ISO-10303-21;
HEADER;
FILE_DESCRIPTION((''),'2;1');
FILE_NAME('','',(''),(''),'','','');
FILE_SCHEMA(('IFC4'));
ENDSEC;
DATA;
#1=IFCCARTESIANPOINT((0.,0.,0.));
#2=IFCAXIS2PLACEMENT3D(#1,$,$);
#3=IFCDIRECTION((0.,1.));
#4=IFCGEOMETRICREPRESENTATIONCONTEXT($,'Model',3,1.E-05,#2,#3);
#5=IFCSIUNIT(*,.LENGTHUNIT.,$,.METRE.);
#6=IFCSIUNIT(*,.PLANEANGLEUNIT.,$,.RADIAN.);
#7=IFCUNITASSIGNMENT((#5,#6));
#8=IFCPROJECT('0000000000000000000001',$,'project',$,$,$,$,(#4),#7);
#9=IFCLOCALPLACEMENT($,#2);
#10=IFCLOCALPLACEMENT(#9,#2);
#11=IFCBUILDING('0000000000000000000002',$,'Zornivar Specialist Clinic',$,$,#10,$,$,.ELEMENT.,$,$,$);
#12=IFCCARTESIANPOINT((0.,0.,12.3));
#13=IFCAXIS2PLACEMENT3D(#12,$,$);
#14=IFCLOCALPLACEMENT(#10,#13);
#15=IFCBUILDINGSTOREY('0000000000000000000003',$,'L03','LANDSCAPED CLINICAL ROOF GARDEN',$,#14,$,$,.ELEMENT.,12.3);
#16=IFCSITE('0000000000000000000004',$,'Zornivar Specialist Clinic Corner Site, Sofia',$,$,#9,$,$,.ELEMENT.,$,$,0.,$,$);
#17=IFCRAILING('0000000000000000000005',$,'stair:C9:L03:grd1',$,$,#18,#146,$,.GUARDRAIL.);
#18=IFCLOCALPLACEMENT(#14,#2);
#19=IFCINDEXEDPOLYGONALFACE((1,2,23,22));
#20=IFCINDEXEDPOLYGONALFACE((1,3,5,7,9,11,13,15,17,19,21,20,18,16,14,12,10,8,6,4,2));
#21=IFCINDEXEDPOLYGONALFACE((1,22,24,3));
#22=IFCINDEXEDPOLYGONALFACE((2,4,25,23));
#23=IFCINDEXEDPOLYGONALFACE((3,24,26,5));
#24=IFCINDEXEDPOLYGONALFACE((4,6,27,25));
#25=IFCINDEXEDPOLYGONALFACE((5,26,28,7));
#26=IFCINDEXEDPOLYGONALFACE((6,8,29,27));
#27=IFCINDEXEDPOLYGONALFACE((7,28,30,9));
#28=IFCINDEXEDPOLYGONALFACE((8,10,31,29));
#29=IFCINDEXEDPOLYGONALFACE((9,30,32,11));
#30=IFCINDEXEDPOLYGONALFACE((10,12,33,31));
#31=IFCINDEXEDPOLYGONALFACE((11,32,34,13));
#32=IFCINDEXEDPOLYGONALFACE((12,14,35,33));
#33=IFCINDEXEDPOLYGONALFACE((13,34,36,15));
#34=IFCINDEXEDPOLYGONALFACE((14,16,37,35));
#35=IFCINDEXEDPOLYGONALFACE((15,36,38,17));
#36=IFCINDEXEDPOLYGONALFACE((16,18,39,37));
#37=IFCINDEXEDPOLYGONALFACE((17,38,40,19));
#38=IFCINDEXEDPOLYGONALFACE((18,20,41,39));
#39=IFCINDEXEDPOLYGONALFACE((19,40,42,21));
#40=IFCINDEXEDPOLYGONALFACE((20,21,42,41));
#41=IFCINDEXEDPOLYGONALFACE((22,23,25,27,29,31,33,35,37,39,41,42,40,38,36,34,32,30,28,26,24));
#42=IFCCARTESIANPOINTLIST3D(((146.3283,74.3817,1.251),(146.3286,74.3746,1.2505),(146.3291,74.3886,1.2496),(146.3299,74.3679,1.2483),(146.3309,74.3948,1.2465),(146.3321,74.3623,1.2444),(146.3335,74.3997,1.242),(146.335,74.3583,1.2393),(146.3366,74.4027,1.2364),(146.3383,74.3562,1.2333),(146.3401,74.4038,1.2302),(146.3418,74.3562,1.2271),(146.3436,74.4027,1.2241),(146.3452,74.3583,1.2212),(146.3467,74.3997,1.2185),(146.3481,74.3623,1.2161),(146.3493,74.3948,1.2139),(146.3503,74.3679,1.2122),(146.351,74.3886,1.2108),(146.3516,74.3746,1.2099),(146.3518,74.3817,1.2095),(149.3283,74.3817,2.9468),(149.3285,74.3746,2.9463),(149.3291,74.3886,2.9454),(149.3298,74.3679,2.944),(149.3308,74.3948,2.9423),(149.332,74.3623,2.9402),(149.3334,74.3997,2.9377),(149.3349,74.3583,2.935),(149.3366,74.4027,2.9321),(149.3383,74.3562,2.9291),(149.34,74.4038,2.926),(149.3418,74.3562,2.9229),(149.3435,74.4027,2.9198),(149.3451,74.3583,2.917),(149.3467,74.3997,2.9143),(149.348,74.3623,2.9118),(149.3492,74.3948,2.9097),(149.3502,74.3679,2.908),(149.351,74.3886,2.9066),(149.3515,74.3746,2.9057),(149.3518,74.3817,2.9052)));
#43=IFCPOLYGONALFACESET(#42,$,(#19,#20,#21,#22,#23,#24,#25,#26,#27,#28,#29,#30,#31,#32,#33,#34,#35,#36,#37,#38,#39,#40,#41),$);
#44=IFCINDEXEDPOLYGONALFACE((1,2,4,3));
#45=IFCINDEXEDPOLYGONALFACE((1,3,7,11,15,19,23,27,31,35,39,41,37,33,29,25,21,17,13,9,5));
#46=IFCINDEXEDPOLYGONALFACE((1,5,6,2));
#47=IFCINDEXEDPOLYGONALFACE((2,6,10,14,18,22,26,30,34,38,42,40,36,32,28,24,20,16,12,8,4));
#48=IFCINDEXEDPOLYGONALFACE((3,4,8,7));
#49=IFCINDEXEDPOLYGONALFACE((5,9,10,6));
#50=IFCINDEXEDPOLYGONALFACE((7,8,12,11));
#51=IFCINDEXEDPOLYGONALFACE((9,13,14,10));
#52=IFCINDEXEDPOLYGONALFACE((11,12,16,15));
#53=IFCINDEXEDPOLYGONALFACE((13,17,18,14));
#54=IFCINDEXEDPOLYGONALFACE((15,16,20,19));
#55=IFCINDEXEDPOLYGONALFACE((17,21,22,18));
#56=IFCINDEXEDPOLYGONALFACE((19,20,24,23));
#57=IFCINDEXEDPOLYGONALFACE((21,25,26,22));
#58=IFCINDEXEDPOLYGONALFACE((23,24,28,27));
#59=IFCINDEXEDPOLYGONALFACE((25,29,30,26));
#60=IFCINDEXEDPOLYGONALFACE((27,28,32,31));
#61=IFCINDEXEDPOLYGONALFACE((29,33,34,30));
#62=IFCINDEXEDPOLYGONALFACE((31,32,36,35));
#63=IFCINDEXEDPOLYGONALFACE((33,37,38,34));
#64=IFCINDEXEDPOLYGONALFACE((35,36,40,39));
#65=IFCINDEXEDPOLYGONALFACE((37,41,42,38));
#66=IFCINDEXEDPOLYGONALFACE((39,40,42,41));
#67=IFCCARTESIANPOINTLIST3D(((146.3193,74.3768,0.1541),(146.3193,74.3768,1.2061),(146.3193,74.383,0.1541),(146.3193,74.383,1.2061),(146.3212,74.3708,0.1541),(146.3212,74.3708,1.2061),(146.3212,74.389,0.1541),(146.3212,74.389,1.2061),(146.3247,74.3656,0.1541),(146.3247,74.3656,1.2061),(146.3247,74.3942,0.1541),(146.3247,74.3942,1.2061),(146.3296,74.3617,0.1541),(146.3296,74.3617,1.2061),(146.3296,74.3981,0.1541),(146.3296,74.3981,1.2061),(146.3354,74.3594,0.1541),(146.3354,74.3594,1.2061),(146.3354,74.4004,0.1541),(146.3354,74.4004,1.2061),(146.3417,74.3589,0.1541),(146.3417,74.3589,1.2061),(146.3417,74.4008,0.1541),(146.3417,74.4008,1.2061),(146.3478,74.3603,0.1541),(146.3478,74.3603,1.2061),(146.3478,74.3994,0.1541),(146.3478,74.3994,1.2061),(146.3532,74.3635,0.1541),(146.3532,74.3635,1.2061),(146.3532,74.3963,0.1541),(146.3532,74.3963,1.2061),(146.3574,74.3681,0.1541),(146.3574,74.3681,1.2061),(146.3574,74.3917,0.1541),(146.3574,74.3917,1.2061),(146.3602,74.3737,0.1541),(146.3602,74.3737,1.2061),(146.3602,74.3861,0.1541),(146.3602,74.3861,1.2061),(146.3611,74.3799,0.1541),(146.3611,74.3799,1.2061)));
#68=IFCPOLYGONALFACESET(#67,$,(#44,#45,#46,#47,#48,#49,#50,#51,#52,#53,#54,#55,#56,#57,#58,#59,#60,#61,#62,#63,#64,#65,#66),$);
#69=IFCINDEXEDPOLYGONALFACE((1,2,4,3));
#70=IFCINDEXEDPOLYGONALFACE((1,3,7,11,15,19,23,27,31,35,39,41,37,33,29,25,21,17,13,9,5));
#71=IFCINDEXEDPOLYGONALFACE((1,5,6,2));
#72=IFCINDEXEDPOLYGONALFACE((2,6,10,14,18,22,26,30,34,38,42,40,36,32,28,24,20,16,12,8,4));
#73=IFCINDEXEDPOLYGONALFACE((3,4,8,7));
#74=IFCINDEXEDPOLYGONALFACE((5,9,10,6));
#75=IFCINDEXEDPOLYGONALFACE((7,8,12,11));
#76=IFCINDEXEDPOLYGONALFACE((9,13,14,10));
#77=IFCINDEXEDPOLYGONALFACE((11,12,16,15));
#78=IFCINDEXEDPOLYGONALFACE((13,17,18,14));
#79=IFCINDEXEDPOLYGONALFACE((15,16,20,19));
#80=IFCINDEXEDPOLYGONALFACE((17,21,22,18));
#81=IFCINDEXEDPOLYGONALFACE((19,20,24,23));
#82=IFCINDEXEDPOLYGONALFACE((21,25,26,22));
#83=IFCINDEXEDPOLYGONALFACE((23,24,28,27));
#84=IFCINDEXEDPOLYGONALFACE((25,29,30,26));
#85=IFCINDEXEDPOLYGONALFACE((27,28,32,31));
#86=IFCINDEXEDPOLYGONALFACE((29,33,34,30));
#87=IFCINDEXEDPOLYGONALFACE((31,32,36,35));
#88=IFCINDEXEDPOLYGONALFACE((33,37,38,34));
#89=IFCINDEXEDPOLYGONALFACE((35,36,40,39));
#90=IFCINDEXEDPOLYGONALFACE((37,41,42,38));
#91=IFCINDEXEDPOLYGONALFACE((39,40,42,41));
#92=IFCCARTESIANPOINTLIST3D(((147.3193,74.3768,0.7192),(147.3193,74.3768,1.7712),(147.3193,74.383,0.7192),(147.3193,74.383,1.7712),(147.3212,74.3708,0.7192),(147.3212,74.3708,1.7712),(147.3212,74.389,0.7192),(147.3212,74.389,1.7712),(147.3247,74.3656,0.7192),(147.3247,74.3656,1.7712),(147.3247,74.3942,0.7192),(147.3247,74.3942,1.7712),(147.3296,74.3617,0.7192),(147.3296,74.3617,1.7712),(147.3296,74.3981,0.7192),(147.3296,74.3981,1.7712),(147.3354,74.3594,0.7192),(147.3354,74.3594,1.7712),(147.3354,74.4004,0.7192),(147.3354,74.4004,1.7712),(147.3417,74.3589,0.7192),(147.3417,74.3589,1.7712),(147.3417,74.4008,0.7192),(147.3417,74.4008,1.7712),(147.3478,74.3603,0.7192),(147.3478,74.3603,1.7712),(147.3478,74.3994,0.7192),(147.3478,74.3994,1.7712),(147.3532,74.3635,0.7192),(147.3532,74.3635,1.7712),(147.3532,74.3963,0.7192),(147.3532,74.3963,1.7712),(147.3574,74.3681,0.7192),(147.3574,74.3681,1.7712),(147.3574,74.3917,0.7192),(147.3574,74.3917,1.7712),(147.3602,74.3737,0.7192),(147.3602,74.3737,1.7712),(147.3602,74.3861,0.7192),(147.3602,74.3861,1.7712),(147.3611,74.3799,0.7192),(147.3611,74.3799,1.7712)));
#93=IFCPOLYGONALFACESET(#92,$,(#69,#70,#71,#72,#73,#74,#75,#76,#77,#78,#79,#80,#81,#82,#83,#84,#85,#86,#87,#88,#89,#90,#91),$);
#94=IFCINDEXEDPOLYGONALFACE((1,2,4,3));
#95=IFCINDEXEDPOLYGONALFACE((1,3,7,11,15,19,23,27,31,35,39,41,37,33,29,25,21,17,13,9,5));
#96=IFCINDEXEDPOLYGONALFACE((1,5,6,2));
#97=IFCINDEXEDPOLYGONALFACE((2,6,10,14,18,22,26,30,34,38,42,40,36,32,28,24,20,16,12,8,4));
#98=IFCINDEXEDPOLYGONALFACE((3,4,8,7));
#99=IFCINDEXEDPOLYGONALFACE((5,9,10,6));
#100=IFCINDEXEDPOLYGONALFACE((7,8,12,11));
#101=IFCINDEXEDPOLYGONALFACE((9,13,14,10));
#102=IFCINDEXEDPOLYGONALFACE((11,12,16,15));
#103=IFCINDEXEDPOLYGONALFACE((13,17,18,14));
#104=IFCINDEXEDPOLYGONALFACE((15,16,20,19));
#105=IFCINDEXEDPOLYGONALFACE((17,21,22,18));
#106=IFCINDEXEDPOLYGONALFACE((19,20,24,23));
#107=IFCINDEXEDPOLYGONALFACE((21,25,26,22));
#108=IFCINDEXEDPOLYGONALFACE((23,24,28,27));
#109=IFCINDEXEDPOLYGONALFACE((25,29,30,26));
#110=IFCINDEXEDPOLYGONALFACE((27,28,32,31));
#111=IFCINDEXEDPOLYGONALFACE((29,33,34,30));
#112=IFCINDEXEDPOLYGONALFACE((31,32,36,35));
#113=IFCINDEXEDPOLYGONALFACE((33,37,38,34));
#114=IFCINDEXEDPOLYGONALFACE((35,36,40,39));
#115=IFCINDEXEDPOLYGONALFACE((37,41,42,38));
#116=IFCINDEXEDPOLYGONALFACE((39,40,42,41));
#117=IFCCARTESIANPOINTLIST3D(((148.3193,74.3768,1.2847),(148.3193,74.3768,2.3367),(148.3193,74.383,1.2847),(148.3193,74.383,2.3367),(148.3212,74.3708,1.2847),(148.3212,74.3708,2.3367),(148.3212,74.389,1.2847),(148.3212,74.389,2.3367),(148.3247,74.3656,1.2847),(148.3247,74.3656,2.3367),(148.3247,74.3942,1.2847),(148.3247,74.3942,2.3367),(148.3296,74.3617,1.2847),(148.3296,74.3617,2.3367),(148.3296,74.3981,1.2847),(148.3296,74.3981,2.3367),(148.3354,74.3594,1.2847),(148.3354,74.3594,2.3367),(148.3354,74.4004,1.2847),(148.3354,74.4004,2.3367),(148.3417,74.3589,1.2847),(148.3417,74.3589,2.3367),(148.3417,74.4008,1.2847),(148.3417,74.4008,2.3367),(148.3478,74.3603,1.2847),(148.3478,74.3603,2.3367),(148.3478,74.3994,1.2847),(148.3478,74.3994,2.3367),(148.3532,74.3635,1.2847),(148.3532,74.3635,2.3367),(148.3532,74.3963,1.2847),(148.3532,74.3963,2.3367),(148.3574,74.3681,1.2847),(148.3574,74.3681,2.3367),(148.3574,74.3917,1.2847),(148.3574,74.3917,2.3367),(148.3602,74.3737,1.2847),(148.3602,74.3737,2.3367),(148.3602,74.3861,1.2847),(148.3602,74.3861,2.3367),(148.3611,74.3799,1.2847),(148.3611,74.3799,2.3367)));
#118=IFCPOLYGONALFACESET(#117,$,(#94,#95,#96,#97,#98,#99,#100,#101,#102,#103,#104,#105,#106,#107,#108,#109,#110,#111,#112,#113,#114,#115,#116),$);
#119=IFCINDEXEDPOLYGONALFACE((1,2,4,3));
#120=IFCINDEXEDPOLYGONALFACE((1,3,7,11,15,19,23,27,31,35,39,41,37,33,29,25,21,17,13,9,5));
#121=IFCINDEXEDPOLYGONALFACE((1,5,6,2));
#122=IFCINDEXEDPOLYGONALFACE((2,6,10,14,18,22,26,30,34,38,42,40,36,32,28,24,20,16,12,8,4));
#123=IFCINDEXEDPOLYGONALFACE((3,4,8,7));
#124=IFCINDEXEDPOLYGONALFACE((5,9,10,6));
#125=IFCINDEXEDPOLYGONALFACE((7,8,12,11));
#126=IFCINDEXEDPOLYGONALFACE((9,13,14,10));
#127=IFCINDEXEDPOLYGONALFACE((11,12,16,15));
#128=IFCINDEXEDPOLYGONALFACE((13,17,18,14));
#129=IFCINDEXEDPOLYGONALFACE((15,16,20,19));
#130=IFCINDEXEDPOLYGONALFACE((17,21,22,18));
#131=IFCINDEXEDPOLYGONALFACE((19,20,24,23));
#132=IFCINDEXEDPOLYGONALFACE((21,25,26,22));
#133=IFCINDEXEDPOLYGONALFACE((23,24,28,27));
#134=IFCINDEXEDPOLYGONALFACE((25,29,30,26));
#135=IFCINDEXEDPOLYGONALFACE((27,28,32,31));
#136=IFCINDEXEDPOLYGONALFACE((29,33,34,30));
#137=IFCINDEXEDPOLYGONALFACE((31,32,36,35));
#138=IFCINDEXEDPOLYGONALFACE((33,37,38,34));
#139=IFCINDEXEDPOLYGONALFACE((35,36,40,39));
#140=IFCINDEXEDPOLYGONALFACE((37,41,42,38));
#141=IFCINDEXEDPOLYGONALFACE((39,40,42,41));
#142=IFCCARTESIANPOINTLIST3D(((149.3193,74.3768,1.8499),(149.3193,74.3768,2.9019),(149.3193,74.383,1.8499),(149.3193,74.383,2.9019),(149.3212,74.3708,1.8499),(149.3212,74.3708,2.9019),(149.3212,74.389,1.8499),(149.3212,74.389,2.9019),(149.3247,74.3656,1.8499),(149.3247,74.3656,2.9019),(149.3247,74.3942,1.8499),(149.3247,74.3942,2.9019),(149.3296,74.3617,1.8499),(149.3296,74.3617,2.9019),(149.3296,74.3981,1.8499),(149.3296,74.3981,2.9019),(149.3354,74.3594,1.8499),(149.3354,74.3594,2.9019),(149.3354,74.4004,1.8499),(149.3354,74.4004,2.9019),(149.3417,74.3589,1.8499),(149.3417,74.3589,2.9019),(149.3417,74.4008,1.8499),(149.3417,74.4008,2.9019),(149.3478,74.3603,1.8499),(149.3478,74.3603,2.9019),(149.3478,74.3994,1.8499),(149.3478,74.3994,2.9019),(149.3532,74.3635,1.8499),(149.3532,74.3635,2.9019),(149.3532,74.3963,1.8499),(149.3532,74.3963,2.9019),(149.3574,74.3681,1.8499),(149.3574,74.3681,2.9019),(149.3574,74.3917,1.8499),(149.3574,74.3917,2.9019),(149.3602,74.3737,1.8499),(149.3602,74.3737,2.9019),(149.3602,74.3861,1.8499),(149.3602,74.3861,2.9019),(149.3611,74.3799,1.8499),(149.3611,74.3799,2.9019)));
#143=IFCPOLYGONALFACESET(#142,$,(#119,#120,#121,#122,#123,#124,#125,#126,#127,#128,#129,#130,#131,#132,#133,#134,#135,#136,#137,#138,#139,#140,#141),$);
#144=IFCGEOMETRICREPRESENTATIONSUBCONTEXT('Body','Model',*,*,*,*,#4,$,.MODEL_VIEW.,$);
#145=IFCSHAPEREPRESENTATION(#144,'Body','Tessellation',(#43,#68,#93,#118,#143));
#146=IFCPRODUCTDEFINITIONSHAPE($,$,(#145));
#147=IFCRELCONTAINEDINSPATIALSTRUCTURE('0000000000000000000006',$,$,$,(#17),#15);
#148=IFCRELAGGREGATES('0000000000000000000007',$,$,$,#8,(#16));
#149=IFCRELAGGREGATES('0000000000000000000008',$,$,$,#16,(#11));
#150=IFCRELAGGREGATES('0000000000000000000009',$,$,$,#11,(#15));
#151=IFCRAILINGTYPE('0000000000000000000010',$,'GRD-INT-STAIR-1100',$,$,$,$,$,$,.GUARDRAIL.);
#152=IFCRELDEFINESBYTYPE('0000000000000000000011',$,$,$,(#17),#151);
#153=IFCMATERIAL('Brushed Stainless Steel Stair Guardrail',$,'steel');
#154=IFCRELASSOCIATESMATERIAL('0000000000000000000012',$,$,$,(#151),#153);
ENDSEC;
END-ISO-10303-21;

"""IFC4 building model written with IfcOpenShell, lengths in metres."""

from ifc_helpers import new_model, si_unit, direction, frame, origin, origin_2d, place, context, subcontext, project, spatial, circle, extrude, material, type_object, element, save


model = new_model("IFC4")

# Units and contexts
model_context = context("Model", 3, precision=1e-05, world=origin(), true_north=direction((0.0, 1.0)))
body_context = subcontext(model_context, "Body", "Model", "MODEL_VIEW")
ifc_project = project(units=[si_unit("LENGTHUNIT", "METRE"), si_unit("PLANEANGLEUNIT", "RADIAN")], contexts=[model_context])

# Site, building, storey
site_placement = place(None, origin())
site = spatial("IfcSite", under=ifc_project, at=site_placement, Name="Zornivar Specialist Clinic Corner Site, Sofia", CompositionType="ELEMENT", RefElevation=0.0)
building_placement = place(site_placement, origin())
building = spatial("IfcBuilding", under=site, at=building_placement, Name="Zornivar Specialist Clinic", CompositionType="ELEMENT")
storey_placement = place(building_placement, frame((0.0, 0.0, 12.3)))
storey = spatial("IfcBuildingStorey", under=building, at=storey_placement, Name="L03", Description="LANDSCAPED CLINICAL ROOF GARDEN", CompositionType="ELEMENT", Elevation=12.3)

# Railing
ifc_material_1 = material(Name="Brushed Stainless Steel Stair Guardrail", Category="steel")
railing_type_1 = type_object("IfcRailingType", Name="GRD-INT-STAIR-1100", PredefinedType="GUARDRAIL", material=ifc_material_1)
railing_1_placement = place(storey_placement, frame((146.3401, 74.3799, 0.1541)))
element("IfcRailing", 1, at=railing_1_placement, inside=storey, type_object=railing_type_1, Name="stair:C9:L03:grd1", PredefinedType="GUARDRAIL", context=body_context, shape_type="SweptSolid", body=[
    extrude(circle(Radius=0.0239, at=origin_2d()), frame((0.0, 0.0, 1.0762), z_axis=(0.870544, 0.0, 0.49209), x_axis=(0.0, 1.0, 0.0)), (0.0, 0.0, 1.0), 3.446),
    extrude(circle(Radius=0.021, at=origin_2d()), origin(), (0.0, 0.0, 1.0), 1.052),
    extrude(circle(Radius=0.021, at=origin_2d()), frame((1.0, 0.0, 0.5652)), (0.0, 0.0, 1.0), 1.052),
    extrude(circle(Radius=0.021, at=origin_2d()), frame((2.0, 0.0, 1.1306)), (0.0, 0.0, 1.0), 1.052),
    extrude(circle(Radius=0.021, at=origin_2d()), frame((3.0, 0.0, 1.6958)), (0.0, 0.0, 1.0), 1.052),
])

save(model, "model.ifc")
